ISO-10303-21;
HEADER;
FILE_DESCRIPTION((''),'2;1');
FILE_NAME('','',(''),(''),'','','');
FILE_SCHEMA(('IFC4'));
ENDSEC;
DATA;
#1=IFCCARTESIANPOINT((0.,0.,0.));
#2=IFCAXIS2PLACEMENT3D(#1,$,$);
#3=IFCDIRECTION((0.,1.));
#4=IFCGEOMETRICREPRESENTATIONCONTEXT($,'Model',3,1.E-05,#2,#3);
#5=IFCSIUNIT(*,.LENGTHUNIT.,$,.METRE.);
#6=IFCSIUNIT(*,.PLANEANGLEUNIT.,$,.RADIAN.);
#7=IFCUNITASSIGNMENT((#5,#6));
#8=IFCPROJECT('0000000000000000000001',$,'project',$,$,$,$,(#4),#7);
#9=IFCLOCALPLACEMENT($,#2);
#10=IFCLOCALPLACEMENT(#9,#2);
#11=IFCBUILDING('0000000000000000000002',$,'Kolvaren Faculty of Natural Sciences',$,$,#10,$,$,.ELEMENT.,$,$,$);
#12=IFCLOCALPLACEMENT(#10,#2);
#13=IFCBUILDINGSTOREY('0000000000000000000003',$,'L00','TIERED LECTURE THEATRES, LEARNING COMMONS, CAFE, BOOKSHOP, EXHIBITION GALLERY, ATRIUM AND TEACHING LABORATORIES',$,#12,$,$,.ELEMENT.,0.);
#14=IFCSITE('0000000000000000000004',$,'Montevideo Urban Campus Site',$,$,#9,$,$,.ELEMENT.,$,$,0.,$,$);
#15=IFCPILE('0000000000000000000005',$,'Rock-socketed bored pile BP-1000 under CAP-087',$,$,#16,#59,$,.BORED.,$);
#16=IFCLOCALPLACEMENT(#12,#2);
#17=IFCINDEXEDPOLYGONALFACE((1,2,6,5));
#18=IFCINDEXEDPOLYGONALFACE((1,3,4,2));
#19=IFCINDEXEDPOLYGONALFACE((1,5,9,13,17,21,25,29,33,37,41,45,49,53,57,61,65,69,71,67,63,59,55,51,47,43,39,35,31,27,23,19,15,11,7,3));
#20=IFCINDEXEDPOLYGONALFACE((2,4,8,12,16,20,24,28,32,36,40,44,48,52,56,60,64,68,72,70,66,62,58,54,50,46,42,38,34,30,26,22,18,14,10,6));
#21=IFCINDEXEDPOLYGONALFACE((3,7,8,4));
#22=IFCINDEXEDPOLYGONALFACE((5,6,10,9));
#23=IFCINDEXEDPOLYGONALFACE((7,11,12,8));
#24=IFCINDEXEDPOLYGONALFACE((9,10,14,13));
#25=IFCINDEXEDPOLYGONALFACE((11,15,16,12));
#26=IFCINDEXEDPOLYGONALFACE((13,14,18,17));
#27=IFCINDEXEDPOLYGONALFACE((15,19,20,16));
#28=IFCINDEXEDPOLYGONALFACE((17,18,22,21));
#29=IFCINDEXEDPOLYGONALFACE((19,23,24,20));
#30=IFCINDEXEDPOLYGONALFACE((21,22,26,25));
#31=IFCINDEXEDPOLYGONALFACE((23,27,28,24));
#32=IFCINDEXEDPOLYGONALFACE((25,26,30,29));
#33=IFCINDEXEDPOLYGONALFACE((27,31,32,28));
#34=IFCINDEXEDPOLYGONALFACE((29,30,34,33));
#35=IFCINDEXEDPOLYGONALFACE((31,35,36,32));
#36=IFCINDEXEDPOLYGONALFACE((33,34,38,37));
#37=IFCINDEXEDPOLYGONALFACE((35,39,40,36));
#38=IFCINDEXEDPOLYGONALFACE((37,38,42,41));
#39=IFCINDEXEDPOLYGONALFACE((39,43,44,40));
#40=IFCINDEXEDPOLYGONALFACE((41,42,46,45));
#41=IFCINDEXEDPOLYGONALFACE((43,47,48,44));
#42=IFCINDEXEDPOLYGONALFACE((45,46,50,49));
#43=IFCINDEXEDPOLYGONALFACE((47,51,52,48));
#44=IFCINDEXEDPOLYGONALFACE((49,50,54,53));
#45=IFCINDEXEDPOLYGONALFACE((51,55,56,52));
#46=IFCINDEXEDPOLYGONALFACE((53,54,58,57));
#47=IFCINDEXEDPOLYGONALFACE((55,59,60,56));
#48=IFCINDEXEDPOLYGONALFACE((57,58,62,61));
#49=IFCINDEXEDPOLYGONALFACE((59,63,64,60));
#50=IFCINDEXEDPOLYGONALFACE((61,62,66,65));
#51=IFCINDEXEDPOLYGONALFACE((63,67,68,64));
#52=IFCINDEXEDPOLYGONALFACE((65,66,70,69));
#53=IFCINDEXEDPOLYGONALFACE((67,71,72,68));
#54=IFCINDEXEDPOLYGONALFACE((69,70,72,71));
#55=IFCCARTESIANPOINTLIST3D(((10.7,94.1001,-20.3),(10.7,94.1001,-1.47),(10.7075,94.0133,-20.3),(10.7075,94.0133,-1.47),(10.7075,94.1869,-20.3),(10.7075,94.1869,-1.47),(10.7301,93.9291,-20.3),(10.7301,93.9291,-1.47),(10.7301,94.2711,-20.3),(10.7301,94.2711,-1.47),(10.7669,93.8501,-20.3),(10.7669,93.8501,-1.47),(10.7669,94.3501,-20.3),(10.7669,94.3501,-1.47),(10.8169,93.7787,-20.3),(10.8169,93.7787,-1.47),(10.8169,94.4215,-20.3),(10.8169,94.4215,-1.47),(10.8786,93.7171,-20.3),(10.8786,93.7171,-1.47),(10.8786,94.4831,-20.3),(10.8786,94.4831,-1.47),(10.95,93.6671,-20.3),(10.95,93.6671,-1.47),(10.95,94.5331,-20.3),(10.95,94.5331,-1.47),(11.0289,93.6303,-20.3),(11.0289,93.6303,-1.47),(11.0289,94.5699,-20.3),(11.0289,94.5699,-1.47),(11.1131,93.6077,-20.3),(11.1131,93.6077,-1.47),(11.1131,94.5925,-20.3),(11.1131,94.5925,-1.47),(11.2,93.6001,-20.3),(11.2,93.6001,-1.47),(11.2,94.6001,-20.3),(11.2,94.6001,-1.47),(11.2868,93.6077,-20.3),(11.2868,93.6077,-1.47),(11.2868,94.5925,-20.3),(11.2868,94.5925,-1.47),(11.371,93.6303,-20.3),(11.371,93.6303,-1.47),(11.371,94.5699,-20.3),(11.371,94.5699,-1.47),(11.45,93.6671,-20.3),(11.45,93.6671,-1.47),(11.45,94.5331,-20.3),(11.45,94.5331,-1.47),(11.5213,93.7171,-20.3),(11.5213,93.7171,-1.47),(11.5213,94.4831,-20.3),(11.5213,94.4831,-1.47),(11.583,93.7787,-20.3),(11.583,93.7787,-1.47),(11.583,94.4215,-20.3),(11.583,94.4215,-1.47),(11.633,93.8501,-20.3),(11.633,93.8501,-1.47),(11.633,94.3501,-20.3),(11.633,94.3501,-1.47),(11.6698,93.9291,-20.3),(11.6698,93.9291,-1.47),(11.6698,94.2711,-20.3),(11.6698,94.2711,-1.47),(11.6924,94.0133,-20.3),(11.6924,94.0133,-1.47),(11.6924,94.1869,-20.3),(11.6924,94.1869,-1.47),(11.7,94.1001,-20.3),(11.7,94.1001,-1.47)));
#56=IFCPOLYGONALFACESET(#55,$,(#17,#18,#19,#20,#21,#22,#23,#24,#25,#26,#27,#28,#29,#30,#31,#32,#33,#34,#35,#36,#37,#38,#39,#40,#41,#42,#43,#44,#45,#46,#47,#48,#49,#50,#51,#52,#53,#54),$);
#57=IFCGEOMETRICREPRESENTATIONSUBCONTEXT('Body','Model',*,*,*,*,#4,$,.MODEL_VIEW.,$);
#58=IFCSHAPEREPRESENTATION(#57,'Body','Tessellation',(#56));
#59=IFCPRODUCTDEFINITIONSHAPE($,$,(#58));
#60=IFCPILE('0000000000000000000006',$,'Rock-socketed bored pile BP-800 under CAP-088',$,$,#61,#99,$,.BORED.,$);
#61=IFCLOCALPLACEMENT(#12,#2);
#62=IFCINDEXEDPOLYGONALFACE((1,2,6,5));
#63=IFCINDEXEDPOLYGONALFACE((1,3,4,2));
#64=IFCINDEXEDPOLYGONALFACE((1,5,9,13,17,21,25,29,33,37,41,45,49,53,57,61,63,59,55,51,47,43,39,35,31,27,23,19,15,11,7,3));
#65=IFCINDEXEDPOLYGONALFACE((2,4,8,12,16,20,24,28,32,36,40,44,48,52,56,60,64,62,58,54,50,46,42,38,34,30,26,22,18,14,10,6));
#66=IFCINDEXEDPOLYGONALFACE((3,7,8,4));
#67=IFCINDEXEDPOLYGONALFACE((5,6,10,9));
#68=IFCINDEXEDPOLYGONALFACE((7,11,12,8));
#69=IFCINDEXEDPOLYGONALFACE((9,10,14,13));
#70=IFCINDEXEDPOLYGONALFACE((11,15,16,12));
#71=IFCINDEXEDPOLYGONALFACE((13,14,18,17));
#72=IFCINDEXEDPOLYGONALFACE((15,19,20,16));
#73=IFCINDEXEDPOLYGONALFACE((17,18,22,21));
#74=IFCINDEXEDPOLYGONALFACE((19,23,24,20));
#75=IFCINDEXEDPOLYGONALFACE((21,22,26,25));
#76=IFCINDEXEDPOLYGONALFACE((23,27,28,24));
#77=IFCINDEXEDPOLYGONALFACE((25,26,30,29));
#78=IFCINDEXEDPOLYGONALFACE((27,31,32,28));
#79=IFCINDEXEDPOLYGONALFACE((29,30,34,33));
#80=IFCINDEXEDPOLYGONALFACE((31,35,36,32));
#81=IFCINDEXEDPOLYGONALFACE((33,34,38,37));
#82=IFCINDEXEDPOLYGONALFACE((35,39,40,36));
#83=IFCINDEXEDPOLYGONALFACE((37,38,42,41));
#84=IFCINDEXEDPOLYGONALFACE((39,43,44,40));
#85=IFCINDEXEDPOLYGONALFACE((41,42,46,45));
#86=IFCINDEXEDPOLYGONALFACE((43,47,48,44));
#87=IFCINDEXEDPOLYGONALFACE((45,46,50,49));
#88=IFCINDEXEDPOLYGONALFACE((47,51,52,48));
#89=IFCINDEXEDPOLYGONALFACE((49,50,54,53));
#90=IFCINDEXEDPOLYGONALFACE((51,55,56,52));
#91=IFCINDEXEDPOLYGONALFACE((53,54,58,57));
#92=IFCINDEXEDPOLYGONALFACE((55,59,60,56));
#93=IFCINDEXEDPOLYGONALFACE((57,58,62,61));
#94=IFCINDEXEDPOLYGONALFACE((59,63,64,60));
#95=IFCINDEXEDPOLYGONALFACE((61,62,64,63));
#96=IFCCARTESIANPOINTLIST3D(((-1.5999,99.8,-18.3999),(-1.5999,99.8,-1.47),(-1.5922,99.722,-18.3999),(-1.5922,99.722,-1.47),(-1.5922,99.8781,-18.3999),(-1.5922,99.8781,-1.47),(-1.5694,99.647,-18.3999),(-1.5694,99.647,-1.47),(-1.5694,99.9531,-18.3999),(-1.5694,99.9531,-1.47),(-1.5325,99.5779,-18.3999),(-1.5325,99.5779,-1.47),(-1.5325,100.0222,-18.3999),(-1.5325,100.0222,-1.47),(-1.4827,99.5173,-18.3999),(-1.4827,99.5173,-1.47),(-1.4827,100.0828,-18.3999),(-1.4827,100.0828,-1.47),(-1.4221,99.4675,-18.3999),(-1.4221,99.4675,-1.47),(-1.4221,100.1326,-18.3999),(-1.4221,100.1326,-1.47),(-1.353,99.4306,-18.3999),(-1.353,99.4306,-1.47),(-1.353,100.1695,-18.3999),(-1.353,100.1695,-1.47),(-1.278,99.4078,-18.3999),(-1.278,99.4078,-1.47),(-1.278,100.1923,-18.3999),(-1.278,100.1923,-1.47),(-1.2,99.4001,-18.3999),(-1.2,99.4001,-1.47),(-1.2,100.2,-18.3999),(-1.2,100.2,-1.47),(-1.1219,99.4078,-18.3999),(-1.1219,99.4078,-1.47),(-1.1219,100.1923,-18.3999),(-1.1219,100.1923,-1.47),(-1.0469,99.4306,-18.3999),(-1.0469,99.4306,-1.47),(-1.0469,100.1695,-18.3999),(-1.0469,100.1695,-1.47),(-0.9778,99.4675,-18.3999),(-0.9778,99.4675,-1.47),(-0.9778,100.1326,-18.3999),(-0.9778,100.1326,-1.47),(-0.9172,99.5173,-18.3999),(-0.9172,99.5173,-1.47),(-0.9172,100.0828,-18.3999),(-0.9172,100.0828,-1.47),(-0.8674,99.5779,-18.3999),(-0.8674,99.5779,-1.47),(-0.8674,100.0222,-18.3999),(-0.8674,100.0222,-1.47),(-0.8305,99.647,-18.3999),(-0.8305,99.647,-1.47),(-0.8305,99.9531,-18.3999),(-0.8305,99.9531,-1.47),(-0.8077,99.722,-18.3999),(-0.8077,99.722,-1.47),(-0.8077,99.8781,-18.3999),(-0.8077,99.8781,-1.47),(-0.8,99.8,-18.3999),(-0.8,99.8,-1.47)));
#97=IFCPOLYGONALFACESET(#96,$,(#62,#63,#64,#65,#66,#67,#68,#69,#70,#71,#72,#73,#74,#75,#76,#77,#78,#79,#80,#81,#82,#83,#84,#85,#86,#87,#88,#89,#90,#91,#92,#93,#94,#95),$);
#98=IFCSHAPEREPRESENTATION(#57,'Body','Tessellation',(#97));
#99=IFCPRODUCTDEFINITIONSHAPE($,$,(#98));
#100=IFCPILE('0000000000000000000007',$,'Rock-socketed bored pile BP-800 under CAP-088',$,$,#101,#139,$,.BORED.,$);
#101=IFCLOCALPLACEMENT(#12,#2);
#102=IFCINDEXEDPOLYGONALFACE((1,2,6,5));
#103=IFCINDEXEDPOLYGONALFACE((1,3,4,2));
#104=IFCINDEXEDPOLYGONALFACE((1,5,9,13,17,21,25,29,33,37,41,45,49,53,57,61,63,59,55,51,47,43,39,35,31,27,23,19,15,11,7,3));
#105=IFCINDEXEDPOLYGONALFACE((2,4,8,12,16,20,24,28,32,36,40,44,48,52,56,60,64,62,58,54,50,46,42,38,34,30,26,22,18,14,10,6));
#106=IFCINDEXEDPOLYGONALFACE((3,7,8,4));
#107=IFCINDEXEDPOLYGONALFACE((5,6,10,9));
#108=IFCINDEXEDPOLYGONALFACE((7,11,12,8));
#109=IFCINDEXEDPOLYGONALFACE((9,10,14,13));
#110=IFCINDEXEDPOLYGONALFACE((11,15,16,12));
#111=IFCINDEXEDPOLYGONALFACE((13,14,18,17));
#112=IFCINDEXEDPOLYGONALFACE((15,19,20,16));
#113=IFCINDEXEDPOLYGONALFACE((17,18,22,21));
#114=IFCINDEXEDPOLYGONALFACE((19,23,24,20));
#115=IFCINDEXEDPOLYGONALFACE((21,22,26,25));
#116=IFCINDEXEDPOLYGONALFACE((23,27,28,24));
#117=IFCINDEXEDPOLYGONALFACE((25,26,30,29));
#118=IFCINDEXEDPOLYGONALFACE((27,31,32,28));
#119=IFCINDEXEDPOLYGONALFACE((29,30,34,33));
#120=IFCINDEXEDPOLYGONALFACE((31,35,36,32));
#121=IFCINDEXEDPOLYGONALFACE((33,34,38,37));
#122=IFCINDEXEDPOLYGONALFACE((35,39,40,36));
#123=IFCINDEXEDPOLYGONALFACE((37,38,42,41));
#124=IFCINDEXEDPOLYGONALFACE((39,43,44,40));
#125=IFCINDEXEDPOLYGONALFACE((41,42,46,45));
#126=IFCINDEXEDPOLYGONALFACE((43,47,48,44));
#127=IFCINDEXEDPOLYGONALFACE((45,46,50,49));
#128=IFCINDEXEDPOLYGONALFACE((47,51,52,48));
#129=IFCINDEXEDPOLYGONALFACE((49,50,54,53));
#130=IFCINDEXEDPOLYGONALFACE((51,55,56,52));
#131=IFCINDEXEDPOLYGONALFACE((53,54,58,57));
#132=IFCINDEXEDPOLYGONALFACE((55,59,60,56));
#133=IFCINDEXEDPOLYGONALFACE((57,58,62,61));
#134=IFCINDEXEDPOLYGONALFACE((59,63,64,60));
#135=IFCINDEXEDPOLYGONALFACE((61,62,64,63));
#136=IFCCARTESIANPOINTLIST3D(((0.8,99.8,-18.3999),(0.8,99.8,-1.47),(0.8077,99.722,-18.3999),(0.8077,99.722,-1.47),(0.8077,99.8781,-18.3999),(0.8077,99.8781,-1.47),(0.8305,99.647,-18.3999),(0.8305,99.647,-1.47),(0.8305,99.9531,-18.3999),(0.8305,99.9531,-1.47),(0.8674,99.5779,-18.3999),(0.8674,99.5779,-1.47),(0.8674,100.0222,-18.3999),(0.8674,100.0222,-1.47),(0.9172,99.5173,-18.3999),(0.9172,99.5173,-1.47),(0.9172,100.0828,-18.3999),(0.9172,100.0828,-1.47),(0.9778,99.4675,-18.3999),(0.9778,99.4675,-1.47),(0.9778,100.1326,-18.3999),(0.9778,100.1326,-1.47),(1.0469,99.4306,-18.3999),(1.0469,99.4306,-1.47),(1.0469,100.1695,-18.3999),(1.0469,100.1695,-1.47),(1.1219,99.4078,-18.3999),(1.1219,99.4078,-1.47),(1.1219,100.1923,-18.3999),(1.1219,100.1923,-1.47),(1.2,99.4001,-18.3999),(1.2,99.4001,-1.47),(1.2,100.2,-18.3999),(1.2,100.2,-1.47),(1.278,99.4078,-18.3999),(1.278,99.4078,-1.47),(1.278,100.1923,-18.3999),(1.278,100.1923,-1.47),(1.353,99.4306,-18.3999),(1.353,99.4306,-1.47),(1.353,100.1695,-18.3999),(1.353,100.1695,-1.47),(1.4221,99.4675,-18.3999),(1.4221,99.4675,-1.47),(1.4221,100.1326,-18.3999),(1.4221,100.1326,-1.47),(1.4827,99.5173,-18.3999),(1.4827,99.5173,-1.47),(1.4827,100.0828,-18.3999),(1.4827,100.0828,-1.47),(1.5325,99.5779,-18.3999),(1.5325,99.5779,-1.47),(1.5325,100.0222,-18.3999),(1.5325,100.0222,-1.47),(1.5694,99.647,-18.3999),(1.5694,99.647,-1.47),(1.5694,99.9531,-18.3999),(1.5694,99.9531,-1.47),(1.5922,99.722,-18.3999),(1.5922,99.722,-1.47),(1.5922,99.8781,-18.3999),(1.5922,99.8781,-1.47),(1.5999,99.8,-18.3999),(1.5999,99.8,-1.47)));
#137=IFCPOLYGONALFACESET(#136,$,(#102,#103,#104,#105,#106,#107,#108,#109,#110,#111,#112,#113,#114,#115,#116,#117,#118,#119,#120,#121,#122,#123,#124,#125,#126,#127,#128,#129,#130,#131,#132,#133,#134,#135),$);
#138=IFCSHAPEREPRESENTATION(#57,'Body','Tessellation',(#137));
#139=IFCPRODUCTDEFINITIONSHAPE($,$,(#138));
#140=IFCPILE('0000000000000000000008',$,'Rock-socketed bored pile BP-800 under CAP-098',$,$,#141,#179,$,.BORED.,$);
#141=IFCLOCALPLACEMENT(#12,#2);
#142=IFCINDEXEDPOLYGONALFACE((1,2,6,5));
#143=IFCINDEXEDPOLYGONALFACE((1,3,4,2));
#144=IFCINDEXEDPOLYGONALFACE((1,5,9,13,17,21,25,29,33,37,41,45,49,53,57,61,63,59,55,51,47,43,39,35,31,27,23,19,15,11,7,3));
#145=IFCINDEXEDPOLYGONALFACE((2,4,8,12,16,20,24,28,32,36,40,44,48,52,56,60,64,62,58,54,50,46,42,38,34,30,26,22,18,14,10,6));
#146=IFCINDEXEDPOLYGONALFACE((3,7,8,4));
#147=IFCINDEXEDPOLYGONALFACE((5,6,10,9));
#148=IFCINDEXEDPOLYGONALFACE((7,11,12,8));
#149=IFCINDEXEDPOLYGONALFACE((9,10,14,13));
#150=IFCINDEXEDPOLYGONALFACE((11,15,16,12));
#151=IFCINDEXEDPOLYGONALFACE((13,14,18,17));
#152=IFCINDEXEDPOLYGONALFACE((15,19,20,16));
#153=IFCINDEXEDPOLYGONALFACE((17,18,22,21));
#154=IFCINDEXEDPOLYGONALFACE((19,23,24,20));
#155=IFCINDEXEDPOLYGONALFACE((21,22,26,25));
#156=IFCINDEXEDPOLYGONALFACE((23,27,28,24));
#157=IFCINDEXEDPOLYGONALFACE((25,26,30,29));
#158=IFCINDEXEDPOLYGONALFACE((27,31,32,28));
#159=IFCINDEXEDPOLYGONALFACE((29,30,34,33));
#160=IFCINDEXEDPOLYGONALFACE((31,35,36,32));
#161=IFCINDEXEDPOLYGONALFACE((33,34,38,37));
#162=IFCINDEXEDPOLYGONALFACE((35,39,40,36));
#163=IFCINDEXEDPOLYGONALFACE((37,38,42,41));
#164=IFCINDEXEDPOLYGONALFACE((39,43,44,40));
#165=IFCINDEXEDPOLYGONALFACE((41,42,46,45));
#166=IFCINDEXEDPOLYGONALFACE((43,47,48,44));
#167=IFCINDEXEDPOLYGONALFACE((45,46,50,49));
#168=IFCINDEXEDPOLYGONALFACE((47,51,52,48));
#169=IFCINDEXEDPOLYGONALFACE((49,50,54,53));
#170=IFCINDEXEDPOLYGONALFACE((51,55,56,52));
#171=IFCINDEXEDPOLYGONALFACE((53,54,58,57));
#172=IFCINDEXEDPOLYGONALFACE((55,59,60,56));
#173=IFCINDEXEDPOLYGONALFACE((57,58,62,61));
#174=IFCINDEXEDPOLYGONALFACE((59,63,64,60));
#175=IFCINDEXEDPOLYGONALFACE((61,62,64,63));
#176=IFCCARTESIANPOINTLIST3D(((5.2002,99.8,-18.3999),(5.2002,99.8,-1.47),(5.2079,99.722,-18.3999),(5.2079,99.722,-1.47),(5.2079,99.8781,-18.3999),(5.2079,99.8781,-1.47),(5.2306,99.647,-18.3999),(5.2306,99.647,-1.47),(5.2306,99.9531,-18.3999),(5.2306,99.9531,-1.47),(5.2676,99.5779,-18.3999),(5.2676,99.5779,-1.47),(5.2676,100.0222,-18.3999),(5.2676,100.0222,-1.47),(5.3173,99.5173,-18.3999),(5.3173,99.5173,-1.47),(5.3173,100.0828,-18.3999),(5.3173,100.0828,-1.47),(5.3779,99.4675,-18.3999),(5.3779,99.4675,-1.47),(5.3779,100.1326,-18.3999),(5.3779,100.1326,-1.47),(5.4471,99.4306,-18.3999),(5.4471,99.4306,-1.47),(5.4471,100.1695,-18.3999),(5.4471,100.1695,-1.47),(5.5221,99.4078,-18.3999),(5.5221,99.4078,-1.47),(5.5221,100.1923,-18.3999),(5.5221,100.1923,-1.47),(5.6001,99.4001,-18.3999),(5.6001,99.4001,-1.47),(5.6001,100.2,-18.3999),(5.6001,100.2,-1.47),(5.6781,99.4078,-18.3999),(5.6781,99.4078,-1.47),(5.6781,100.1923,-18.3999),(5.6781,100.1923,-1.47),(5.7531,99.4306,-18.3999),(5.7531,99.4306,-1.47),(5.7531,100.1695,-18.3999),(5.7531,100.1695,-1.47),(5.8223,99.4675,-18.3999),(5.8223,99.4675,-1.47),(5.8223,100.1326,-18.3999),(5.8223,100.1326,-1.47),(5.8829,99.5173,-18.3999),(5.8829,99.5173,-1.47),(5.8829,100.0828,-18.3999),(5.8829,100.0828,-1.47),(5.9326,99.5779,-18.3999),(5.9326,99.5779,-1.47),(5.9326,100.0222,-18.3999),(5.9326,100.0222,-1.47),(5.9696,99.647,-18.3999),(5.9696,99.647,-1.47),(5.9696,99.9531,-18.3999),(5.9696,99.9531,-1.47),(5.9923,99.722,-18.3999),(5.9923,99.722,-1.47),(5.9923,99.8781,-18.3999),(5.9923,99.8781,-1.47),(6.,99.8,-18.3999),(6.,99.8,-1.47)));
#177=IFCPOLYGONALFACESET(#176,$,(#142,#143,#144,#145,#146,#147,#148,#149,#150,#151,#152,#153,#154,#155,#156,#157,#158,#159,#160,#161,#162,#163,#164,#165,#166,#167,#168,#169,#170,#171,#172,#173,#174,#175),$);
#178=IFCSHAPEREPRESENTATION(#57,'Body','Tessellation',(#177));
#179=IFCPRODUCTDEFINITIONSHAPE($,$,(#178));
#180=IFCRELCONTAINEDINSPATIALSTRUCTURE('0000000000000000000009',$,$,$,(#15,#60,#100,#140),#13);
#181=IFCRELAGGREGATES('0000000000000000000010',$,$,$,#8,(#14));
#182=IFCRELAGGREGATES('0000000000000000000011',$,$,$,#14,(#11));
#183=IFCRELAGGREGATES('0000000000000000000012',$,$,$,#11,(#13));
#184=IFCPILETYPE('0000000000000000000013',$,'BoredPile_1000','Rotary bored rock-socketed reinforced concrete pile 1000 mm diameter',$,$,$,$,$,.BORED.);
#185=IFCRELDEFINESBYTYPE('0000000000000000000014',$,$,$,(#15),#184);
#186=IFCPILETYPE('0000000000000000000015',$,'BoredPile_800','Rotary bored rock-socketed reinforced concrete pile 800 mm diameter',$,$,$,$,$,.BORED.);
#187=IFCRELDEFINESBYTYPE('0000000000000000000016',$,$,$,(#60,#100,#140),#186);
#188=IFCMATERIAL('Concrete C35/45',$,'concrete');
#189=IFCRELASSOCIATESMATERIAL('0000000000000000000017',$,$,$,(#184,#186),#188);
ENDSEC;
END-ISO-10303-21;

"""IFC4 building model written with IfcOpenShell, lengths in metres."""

from ifc_helpers import new_model, si_unit, direction, frame, origin, origin_2d, place, context, subcontext, project, spatial, circle, extrude, material, material_profile, profile_set, type_object, element, save


model = new_model("IFC4")

# Units and contexts
model_context = context("Model", 3, precision=1e-05, world=origin(), true_north=direction((0.0, 1.0)))
body_context = subcontext(model_context, "Body", "Model", "MODEL_VIEW")
ifc_project = project(units=[si_unit("LENGTHUNIT", "METRE"), si_unit("PLANEANGLEUNIT", "RADIAN")], contexts=[model_context])

# Site, building, storey
site_placement = place(None, origin())
site = spatial("IfcSite", under=ifc_project, at=site_placement, Name="Montevideo Urban Campus Site", CompositionType="ELEMENT", RefElevation=0.0)
building_placement = place(site_placement, origin())
building = spatial("IfcBuilding", under=site, at=building_placement, Name="Kolvaren Faculty of Natural Sciences", CompositionType="ELEMENT")
storey_placement = place(building_placement, origin())
storey = spatial("IfcBuildingStorey", under=building, at=storey_placement, Name="L00", Description="TIERED LECTURE THEATRES, LEARNING COMMONS, CAFE, BOOKSHOP, EXHIBITION GALLERY, ATRIUM AND TEACHING LABORATORIES", CompositionType="ELEMENT", Elevation=0.0)

# Piles
ifc_material_1 = material(Name="Concrete C35/45", Category="concrete")
ifc_material_profile_1 = material_profile(ifc_material_1, circle(Radius=0.5, at=origin_2d()), Name="PILE D1000")
ifc_profile_set_1 = profile_set([ifc_material_profile_1], Name="Concrete C35/45")
pile_type_1 = type_object("IfcPileType", Name="BoredPile_1000", Description="Rotary bored rock-socketed reinforced concrete pile 1000 mm diameter", PredefinedType="BORED", material=ifc_profile_set_1)
for number, where, z_axis, x_axis, name in (
    (1, (11.2, 94.1001, -1.47), (0.0, 0.0, -1.0), (1.0, 0.0, 0.0), "Rock-socketed bored pile BP-1000 under CAP-087"),
):
    element("IfcPile", number, at=place(storey_placement, frame(where, z_axis=z_axis, x_axis=x_axis)), inside=storey, type_object=pile_type_1, Name=name, PredefinedType="BORED", context=body_context, shape_type="SweptSolid", body=[
        extrude(circle(Radius=0.5, at=origin_2d()), origin(), (0.0, 0.0, 1.0), 18.8301),
    ])
ifc_material_profile_2 = material_profile(ifc_material_1, circle(Radius=0.3999, at=origin_2d()), Name="PILE D800")
ifc_profile_set_2 = profile_set([ifc_material_profile_2], Name="Concrete C35/45")
pile_type_2 = type_object("IfcPileType", Name="BoredPile_800", Description="Rotary bored rock-socketed reinforced concrete pile 800 mm diameter", PredefinedType="BORED", material=ifc_profile_set_2)
for number, where, z_axis, x_axis, name in (
    (2, (-1.2, 99.8, -1.47), (0.0, 0.0, -1.0), (1.0, 0.0, 0.0), "Rock-socketed bored pile BP-800 under CAP-088"),
    (3, (1.2, 99.8, -1.47), (0.0, 0.0, -1.0), (1.0, 0.0, 0.0), "Rock-socketed bored pile BP-800 under CAP-088"),
    (4, (5.6001, 99.8, -1.47), (0.0, 0.0, -1.0), (1.0, 0.0, 0.0), "Rock-socketed bored pile BP-800 under CAP-098"),
):
    element("IfcPile", number, at=place(storey_placement, frame(where, z_axis=z_axis, x_axis=x_axis)), inside=storey, type_object=pile_type_2, Name=name, PredefinedType="BORED", context=body_context, shape_type="SweptSolid", body=[
        extrude(circle(Radius=0.3999, at=origin_2d()), origin(), (0.0, 0.0, 1.0), 16.9299),
    ])

save(model, "model.ifc")
